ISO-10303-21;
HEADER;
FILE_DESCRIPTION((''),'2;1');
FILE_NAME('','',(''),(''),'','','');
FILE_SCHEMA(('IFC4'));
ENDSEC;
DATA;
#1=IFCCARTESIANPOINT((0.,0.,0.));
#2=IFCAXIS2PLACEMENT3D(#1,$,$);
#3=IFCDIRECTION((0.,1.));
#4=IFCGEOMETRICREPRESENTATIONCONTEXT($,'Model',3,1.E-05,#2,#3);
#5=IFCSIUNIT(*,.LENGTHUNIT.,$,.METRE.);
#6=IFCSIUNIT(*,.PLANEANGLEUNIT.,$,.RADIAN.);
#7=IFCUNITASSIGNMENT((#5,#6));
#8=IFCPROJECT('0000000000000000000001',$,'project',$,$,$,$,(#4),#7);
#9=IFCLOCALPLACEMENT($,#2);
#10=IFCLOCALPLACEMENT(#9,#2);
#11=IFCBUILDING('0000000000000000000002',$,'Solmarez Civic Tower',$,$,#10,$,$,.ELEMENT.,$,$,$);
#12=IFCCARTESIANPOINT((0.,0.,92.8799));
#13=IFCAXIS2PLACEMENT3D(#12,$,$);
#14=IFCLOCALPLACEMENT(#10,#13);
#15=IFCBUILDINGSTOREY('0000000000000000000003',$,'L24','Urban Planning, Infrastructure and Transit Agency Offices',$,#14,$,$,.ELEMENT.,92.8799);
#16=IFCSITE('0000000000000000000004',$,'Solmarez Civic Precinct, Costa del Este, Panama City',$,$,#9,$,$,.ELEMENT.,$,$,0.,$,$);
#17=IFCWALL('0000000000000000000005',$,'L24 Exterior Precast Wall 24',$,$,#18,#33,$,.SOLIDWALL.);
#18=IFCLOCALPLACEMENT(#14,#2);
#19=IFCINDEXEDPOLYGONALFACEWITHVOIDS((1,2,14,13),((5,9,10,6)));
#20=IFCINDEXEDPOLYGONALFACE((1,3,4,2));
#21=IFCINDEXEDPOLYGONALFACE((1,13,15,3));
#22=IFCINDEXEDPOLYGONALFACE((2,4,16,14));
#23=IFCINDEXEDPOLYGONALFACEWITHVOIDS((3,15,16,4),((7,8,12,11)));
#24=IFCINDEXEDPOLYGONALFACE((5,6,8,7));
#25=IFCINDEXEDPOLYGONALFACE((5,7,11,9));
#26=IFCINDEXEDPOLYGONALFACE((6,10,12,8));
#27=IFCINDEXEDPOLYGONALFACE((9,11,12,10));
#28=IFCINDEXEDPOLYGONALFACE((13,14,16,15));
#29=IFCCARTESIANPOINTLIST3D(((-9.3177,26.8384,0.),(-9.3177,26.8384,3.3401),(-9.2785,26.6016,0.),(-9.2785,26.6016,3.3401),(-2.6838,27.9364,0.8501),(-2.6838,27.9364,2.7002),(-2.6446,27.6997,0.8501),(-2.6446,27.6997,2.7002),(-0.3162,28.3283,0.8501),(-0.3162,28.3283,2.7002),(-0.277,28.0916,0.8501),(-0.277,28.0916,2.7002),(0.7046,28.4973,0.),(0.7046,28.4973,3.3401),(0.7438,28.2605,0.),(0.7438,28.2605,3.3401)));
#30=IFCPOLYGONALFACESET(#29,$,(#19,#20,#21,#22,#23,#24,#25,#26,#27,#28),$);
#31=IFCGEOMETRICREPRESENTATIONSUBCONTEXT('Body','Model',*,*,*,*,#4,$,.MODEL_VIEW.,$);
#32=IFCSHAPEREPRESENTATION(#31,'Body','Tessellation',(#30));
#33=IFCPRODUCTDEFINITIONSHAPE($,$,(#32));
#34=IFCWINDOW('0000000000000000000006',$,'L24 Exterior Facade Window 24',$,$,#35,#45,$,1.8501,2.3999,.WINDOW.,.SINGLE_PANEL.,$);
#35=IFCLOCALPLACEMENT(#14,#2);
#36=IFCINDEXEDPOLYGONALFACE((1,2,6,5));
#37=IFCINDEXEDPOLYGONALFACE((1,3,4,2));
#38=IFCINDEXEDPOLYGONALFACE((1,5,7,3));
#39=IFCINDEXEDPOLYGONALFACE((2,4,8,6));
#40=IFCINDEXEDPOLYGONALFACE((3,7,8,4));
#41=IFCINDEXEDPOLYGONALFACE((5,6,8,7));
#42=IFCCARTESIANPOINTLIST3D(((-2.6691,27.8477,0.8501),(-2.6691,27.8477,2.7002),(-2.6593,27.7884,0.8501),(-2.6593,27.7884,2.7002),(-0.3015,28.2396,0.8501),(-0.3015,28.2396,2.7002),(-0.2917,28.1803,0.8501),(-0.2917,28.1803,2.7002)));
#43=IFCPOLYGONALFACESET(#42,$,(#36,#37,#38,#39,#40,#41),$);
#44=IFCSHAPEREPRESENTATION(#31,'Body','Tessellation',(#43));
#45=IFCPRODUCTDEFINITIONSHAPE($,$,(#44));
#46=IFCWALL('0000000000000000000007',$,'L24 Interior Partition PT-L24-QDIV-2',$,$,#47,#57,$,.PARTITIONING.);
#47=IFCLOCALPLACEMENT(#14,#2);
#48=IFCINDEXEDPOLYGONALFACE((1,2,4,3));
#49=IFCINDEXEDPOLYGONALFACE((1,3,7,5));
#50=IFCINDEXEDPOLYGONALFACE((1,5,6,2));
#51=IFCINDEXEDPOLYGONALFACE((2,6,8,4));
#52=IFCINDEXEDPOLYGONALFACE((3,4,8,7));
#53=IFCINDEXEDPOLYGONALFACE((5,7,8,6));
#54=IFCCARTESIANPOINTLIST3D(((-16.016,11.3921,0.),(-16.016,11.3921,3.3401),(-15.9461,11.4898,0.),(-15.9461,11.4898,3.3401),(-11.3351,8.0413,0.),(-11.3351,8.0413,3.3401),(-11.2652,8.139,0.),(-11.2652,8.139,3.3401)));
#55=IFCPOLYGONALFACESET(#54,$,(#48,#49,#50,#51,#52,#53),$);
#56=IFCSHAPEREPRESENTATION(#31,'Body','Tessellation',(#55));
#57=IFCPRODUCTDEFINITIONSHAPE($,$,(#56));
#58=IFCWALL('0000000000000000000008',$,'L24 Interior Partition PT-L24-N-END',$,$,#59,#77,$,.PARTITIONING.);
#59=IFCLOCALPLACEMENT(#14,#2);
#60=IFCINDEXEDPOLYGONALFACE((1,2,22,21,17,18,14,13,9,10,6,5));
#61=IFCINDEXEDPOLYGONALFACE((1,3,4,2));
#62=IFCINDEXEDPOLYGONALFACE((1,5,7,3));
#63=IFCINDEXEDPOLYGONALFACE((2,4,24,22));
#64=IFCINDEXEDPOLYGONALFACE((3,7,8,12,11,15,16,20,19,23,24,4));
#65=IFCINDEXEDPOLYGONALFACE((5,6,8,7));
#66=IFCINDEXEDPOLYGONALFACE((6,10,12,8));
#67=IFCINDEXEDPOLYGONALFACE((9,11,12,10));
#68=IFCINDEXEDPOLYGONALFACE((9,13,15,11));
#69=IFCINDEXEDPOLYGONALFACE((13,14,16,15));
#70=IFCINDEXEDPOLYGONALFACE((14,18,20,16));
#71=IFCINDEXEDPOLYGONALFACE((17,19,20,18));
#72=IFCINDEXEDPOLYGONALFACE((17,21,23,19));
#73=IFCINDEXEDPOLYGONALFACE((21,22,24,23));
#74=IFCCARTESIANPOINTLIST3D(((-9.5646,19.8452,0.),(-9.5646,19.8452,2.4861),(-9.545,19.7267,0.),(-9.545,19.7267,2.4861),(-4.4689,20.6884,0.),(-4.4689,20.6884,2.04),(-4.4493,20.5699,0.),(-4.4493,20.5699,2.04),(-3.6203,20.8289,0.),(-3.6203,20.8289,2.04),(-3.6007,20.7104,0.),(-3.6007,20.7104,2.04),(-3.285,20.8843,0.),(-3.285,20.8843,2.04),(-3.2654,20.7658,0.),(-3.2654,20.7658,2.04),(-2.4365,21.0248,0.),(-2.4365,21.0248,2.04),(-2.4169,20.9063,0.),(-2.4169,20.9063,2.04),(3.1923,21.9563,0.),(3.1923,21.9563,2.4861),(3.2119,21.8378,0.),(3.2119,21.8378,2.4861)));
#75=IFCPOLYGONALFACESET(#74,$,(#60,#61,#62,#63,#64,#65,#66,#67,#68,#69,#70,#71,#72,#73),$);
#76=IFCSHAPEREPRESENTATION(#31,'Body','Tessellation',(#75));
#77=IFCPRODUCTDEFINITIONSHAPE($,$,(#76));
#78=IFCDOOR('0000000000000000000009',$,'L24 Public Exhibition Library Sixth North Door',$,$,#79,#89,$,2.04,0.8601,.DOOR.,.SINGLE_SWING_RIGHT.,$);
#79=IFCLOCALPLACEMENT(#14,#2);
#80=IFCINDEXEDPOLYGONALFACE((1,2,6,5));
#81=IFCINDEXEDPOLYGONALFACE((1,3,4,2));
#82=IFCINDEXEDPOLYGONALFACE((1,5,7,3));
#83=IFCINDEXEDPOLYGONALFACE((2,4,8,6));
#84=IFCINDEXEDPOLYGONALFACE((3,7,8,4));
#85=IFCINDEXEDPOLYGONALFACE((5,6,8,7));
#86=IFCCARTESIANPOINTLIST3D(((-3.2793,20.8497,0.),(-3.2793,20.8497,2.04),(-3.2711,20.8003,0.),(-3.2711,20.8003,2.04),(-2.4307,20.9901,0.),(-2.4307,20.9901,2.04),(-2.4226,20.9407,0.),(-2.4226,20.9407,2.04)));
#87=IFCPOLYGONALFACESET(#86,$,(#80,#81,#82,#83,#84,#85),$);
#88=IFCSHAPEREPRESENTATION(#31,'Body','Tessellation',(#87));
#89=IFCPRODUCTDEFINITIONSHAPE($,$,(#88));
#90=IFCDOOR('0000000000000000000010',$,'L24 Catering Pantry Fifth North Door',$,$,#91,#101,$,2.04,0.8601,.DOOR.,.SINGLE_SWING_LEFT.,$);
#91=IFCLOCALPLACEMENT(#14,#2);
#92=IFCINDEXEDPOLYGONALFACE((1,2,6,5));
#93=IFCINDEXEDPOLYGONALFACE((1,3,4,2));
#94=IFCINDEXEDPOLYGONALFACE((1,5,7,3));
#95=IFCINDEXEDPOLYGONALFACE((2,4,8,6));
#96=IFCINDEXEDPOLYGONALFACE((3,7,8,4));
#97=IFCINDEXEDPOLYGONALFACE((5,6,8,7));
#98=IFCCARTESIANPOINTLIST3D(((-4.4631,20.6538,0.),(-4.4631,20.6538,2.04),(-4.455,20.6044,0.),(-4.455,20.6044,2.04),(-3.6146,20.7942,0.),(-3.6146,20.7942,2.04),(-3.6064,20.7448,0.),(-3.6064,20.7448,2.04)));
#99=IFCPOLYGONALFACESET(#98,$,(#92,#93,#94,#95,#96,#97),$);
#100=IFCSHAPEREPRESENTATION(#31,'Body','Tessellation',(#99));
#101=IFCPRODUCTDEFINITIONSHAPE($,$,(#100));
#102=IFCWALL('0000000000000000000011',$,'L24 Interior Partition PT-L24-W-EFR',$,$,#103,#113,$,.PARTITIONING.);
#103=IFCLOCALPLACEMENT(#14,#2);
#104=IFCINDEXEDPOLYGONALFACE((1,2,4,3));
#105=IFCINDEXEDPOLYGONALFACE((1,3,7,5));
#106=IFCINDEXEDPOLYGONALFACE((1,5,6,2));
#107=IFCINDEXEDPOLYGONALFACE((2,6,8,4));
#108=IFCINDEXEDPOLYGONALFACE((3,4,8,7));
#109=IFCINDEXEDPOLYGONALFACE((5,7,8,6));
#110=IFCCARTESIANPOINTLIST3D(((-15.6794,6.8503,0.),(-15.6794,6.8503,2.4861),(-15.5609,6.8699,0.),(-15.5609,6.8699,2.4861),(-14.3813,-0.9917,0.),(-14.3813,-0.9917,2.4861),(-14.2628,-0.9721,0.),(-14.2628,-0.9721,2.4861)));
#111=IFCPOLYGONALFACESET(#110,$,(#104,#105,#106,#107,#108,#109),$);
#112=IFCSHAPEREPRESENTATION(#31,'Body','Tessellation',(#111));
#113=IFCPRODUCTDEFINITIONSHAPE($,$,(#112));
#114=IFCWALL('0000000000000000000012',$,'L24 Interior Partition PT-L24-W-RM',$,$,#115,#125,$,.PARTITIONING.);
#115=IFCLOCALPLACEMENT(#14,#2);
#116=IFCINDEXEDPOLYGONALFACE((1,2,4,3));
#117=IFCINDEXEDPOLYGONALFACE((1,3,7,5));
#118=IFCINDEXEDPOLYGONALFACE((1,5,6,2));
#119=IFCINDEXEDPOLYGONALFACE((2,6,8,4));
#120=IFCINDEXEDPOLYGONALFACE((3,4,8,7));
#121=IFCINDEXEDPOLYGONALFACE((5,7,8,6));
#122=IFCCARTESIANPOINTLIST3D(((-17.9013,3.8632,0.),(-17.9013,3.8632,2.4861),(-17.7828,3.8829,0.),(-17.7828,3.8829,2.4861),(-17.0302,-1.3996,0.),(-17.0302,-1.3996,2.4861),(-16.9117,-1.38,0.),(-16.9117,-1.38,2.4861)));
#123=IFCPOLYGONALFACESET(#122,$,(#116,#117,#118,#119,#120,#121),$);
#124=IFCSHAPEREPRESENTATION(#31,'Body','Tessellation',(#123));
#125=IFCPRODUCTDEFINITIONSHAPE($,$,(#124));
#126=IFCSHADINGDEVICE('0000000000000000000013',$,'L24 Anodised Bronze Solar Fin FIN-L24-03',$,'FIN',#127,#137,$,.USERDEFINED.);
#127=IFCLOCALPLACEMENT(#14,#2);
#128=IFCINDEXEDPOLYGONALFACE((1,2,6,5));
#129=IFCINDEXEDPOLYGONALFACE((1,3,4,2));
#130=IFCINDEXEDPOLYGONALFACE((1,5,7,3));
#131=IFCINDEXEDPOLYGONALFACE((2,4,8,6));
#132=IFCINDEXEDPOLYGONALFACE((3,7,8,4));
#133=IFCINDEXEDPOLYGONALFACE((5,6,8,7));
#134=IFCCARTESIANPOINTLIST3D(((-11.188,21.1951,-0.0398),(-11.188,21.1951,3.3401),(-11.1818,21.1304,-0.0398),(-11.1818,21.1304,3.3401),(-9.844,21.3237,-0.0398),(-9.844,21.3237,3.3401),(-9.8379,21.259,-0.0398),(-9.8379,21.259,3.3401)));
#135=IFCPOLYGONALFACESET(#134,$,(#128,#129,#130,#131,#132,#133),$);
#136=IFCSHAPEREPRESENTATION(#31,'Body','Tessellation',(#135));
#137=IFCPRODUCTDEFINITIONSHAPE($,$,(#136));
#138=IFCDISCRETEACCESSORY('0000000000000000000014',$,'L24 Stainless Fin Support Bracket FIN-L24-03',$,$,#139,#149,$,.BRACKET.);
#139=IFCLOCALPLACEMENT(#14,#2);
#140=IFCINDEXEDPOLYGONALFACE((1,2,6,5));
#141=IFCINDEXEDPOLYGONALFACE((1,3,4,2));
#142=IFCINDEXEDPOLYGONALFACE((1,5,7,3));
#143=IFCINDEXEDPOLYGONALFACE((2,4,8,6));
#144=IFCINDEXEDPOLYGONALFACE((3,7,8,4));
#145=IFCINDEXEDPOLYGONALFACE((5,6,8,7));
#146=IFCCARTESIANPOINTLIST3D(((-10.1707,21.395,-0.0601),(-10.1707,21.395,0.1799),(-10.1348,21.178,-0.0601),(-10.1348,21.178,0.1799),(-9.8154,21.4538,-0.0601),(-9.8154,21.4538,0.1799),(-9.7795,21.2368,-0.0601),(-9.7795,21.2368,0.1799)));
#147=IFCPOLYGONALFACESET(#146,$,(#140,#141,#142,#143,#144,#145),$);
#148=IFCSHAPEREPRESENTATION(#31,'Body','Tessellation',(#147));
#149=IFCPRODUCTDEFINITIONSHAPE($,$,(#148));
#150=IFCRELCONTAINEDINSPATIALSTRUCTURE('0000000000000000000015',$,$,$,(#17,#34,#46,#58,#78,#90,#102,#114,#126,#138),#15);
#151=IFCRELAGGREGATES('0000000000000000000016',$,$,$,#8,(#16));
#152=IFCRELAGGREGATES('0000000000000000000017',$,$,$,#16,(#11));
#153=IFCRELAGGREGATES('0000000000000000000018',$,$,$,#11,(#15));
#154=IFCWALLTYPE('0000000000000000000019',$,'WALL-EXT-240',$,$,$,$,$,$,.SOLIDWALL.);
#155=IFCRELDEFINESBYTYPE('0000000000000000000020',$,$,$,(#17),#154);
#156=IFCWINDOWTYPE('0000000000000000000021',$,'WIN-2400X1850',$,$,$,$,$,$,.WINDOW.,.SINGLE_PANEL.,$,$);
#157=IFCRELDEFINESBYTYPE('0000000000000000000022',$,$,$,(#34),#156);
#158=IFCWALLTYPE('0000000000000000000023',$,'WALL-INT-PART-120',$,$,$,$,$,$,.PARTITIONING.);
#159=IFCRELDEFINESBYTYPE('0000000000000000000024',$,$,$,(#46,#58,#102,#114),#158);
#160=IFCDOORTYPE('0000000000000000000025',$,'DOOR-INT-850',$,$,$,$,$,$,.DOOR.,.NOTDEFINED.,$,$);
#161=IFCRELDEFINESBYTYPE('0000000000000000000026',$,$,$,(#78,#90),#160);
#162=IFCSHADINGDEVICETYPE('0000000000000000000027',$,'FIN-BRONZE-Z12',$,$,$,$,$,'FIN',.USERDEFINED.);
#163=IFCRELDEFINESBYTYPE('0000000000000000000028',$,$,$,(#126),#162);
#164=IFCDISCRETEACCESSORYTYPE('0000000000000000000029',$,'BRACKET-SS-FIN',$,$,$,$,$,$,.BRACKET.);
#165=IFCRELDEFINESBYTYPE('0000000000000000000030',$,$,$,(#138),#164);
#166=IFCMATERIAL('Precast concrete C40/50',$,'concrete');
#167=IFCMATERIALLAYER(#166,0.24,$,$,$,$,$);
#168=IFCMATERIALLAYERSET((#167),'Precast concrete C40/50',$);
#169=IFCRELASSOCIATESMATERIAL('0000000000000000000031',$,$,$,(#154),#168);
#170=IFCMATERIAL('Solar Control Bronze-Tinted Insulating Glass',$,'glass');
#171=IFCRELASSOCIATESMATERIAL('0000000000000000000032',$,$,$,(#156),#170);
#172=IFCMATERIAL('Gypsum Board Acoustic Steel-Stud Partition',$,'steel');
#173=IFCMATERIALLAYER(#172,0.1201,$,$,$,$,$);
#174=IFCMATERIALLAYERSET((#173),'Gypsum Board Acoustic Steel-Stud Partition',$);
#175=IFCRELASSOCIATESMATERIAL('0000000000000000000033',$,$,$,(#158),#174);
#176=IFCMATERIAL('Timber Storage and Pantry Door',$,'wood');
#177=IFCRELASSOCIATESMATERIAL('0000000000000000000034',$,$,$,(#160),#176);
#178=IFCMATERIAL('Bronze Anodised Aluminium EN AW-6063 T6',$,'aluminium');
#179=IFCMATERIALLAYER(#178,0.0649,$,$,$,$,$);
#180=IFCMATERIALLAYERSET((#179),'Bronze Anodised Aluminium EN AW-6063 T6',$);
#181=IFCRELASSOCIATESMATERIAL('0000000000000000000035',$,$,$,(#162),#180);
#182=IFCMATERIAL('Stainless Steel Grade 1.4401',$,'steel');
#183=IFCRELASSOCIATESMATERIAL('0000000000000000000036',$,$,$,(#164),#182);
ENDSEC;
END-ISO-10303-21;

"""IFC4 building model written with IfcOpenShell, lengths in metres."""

from ifc_helpers import new_model, si_unit, direction, frame, frame_2d, origin, origin_2d, place, context, subcontext, project, spatial, rectangle, extrude, material, layer, layer_set, type_object, element, fill, save


model = new_model("IFC4")

# Units and contexts
model_context = context("Model", 3, precision=1e-05, world=origin(), true_north=direction((0.0, 1.0)))
body_context = subcontext(model_context, "Body", "Model", "MODEL_VIEW")
ifc_project = project(units=[si_unit("LENGTHUNIT", "METRE"), si_unit("PLANEANGLEUNIT", "RADIAN")], contexts=[model_context])

# Site, building, storey
site_placement = place(None, origin())
site = spatial("IfcSite", under=ifc_project, at=site_placement, Name="Solmarez Civic Precinct, Costa del Este, Panama City", CompositionType="ELEMENT", RefElevation=0.0)
building_placement = place(site_placement, origin())
building = spatial("IfcBuilding", under=site, at=building_placement, Name="Solmarez Civic Tower", CompositionType="ELEMENT")
storey_placement = place(building_placement, frame((0.0, 0.0, 92.8799)))
storey = spatial("IfcBuildingStorey", under=building, at=storey_placement, Name="L24", Description="Urban Planning, Infrastructure and Transit Agency Offices", CompositionType="ELEMENT", Elevation=92.8799)

# Shared definitions
ifc_material_1 = material(Name="Precast concrete C40/50", Category="concrete")
ifc_layer_1 = layer(ifc_material_1, 0.24)
ifc_layer_set_1 = layer_set([ifc_layer_1], Name="Precast concrete C40/50")
wall_type_1 = type_object("IfcWallType", Name="WALL-EXT-240", PredefinedType="SOLIDWALL", material=ifc_layer_set_1)

# Wall, opening, window
wall_1_placement = place(storey_placement, frame((-9.2981, 26.72, 0.0), z_axis=(0.0, 0.0, 1.0), x_axis=(0.986576, 0.163304, 0.0)))
wall_1 = element("IfcWall", 1, at=wall_1_placement, inside=storey, type_object=wall_type_1, Name="L24 Exterior Precast Wall 24", PredefinedType="SOLIDWALL", context=body_context, shape_type="SweptSolid", body=[
    extrude(rectangle(XDim=10.1587, YDim=0.24, at=frame_2d((5.0793, 0.0))), origin(), (0.0, 0.0, 1.0), 3.3401),
])
opening_1_placement = place(wall_1_placement, frame((6.7241, 0.0, 0.8501)))
opening_1 = element("IfcOpeningElement", 2, at=opening_1_placement, cuts=wall_1, PredefinedType="OPENING", context=body_context, shape_type="SweptSolid", body=[
    extrude(rectangle(XDim=2.3999, YDim=1.8501, at=frame_2d((1.2, 0.925))), frame((0.0, 0.1299, 0.0), z_axis=(0.0, -1.0, 0.0), x_axis=(1.0, 0.0, 0.0)), (0.0, 0.0, 1.0), 0.26),
])
ifc_material_2 = material(Name="Solar Control Bronze-Tinted Insulating Glass", Category="glass")
window_type = type_object("IfcWindowType", Name="WIN-2400X1850", PartitioningType="SINGLE_PANEL", PredefinedType="WINDOW", material=ifc_material_2)
window_placement = place(opening_1_placement, origin())
window = element("IfcWindow", 3, at=window_placement, inside=storey, type_object=window_type, Name="L24 Exterior Facade Window 24", OverallHeight=1.8501, OverallWidth=2.3999, PartitioningType="SINGLE_PANEL", PredefinedType="WINDOW", context=body_context, shape_type="SweptSolid", body=[
    extrude(rectangle(XDim=2.3999, YDim=1.8501, at=frame_2d((1.2, 0.925))), frame((0.0, 0.03, 0.0), z_axis=(0.0, -1.0, 0.0), x_axis=(1.0, 0.0, 0.0)), (0.0, 0.0, 1.0), 0.0601),
])
fill(opening_1, window)

# Wall
ifc_material_3 = material(Name="Gypsum Board Acoustic Steel-Stud Partition", Category="steel")
ifc_layer_2 = layer(ifc_material_3, 0.1201)
ifc_layer_set_2 = layer_set([ifc_layer_2], Name="Gypsum Board Acoustic Steel-Stud Partition")
wall_type_2 = type_object("IfcWallType", Name="WALL-INT-PART-120", PredefinedType="PARTITIONING", material=ifc_layer_set_2)
wall_2_placement = place(storey_placement, frame((-11.3, 8.0901, 0.0), z_axis=(0.0, 0.0, 1.0), x_axis=(-0.813131, 0.58208, 0.0)))
element("IfcWall", 4, at=wall_2_placement, inside=storey, type_object=wall_type_2, Name="L24 Interior Partition PT-L24-QDIV-2", PredefinedType="PARTITIONING", context=body_context, shape_type="SweptSolid", body=[
    extrude(rectangle(XDim=5.7566, YDim=0.1201, at=frame_2d((2.8784, 0.0))), origin(), (0.0, 0.0, 1.0), 3.3401),
])

# Wall, openings, doors
wall_3_placement = place(storey_placement, frame((-9.5549, 19.7859, 0.0), z_axis=(0.0, 0.0, 1.0), x_axis=(0.986582, 0.163266, 0.0)))
wall_3 = element("IfcWall", 5, at=wall_3_placement, inside=storey, type_object=wall_type_2, Name="L24 Interior Partition PT-L24-N-END", PredefinedType="PARTITIONING", context=body_context, shape_type="SweptSolid", body=[
    extrude(rectangle(XDim=12.9304, YDim=0.1201, at=frame_2d((6.4653, 0.0))), origin(), (0.0, 0.0, 1.0), 2.4861),
])
opening_2_placement = place(wall_3_placement, frame((6.365, 0.0, 0.0)))
opening_2 = element("IfcOpeningElement", 6, at=opening_2_placement, cuts=wall_3, PredefinedType="OPENING", context=body_context, shape_type="SweptSolid", body=[
    extrude(rectangle(XDim=0.8601, YDim=2.04, at=frame_2d((0.4302, 1.02))), frame((0.0, 0.0701, 0.0), z_axis=(0.0, -1.0, 0.0), x_axis=(1.0, 0.0, 0.0)), (0.0, 0.0, 1.0), 0.1401),
])
opening_3_placement = place(wall_3_placement, frame((5.165, 0.0, 0.0)))
opening_3 = element("IfcOpeningElement", 7, at=opening_3_placement, cuts=wall_3, PredefinedType="OPENING", context=body_context, shape_type="SweptSolid", body=[
    extrude(rectangle(XDim=0.8601, YDim=2.04, at=frame_2d((0.4302, 1.02))), frame((0.0, 0.0701, 0.0), z_axis=(0.0, -1.0, 0.0), x_axis=(1.0, 0.0, 0.0)), (0.0, 0.0, 1.0), 0.1401),
])
ifc_material_4 = material(Name="Timber Storage and Pantry Door", Category="wood")
door_type = type_object("IfcDoorType", Name="DOOR-INT-850", OperationType="NOTDEFINED", PredefinedType="DOOR", material=ifc_material_4)
door_1_placement = place(opening_2_placement, origin())
door_1 = element("IfcDoor", 8, at=door_1_placement, inside=storey, type_object=door_type, Name="L24 Public Exhibition Library Sixth North Door", OperationType="SINGLE_SWING_RIGHT", OverallHeight=2.04, OverallWidth=0.8601, PredefinedType="DOOR", context=body_context, shape_type="SweptSolid", body=[
    extrude(rectangle(XDim=0.8601, YDim=2.04, at=frame_2d((0.4302, 1.02))), frame((0.0, 0.0249, 0.0), z_axis=(0.0, -1.0, 0.0), x_axis=(1.0, 0.0, 0.0)), (0.0, 0.0, 1.0), 0.05),
])
fill(opening_2, door_1)
door_2_placement = place(opening_3_placement, origin())
door_2 = element("IfcDoor", 9, at=door_2_placement, inside=storey, type_object=door_type, Name="L24 Catering Pantry Fifth North Door", OperationType="SINGLE_SWING_LEFT", OverallHeight=2.04, OverallWidth=0.8601, PredefinedType="DOOR", context=body_context, shape_type="SweptSolid", body=[
    extrude(rectangle(XDim=0.8601, YDim=2.04, at=frame_2d((0.4302, 1.02))), frame((0.0, 0.0249, 0.0), z_axis=(0.0, -1.0, 0.0), x_axis=(1.0, 0.0, 0.0)), (0.0, 0.0, 1.0), 0.05),
])
fill(opening_3, door_2)

# Walls
wall_4_placement = place(storey_placement, frame((-15.6201, 6.8601, 0.0), z_axis=(0.0, 0.0, 1.0), x_axis=(0.163308, -0.986575, 0.0)))
element("IfcWall", 10, at=wall_4_placement, inside=storey, type_object=wall_type_2, Name="L24 Interior Partition PT-L24-W-EFR", PredefinedType="PARTITIONING", context=body_context, shape_type="SweptSolid", body=[
    extrude(rectangle(XDim=7.9487, YDim=0.1201, at=frame_2d((3.9744, 0.0))), origin(), (0.0, 0.0, 1.0), 2.4861),
])
wall_5_placement = place(storey_placement, frame((-17.842, 3.873, 0.0), z_axis=(0.0, 0.0, 1.0), x_axis=(0.163293, -0.986578, 0.0)))
element("IfcWall", 11, at=wall_5_placement, inside=storey, type_object=wall_type_2, Name="L24 Interior Partition PT-L24-W-RM", PredefinedType="PARTITIONING", context=body_context, shape_type="SweptSolid", body=[
    extrude(rectangle(XDim=5.3345, YDim=0.1201, at=frame_2d((2.6672, 0.0))), origin(), (0.0, 0.0, 1.0), 2.4861),
])

# Shading device
ifc_material_5 = material(Name="Bronze Anodised Aluminium EN AW-6063 T6", Category="aluminium")
ifc_layer_3 = layer(ifc_material_5, 0.0649)
ifc_layer_set_3 = layer_set([ifc_layer_3], Name="Bronze Anodised Aluminium EN AW-6063 T6")
shading_device_type = type_object("IfcShadingDeviceType", Name="FIN-BRONZE-Z12", ElementType="FIN", PredefinedType="USERDEFINED", material=ifc_layer_set_3)
shading_device_placement = place(storey_placement, frame((-10.5129, 21.2271, -0.0398), z_axis=(0.0, 0.0, 1.0), x_axis=(-0.995456, -0.09522, 0.0)))
element("IfcShadingDevice", 12, at=shading_device_placement, inside=storey, type_object=shading_device_type, Name="L24 Anodised Bronze Solar Fin FIN-L24-03", ObjectType="FIN", PredefinedType="USERDEFINED", context=body_context, shape_type="SweptSolid", body=[
    extrude(rectangle(XDim=1.3501, YDim=0.0649, at=origin_2d()), origin(), (0.0, 0.0, 1.0), 3.3799),
])

# Discrete accessory
ifc_material_6 = material(Name="Stainless Steel Grade 1.4401", Category="steel")
discrete_accessory_type = type_object("IfcDiscreteAccessoryType", Name="BRACKET-SS-FIN", PredefinedType="BRACKET", material=ifc_material_6)
discrete_accessory_placement = place(storey_placement, frame((-9.9751, 21.3159, -0.0601), z_axis=(0.0, 0.0, 1.0), x_axis=(-0.986579, -0.163287, 0.0)))
element("IfcDiscreteAccessory", 13, at=discrete_accessory_placement, inside=storey, type_object=discrete_accessory_type, Name="L24 Stainless Fin Support Bracket FIN-L24-03", PredefinedType="BRACKET", context=body_context, shape_type="SweptSolid", body=[
    extrude(rectangle(XDim=0.3601, YDim=0.22, at=origin_2d()), origin(), (0.0, 0.0, 1.0), 0.24),
])

save(model, "model.ifc")
